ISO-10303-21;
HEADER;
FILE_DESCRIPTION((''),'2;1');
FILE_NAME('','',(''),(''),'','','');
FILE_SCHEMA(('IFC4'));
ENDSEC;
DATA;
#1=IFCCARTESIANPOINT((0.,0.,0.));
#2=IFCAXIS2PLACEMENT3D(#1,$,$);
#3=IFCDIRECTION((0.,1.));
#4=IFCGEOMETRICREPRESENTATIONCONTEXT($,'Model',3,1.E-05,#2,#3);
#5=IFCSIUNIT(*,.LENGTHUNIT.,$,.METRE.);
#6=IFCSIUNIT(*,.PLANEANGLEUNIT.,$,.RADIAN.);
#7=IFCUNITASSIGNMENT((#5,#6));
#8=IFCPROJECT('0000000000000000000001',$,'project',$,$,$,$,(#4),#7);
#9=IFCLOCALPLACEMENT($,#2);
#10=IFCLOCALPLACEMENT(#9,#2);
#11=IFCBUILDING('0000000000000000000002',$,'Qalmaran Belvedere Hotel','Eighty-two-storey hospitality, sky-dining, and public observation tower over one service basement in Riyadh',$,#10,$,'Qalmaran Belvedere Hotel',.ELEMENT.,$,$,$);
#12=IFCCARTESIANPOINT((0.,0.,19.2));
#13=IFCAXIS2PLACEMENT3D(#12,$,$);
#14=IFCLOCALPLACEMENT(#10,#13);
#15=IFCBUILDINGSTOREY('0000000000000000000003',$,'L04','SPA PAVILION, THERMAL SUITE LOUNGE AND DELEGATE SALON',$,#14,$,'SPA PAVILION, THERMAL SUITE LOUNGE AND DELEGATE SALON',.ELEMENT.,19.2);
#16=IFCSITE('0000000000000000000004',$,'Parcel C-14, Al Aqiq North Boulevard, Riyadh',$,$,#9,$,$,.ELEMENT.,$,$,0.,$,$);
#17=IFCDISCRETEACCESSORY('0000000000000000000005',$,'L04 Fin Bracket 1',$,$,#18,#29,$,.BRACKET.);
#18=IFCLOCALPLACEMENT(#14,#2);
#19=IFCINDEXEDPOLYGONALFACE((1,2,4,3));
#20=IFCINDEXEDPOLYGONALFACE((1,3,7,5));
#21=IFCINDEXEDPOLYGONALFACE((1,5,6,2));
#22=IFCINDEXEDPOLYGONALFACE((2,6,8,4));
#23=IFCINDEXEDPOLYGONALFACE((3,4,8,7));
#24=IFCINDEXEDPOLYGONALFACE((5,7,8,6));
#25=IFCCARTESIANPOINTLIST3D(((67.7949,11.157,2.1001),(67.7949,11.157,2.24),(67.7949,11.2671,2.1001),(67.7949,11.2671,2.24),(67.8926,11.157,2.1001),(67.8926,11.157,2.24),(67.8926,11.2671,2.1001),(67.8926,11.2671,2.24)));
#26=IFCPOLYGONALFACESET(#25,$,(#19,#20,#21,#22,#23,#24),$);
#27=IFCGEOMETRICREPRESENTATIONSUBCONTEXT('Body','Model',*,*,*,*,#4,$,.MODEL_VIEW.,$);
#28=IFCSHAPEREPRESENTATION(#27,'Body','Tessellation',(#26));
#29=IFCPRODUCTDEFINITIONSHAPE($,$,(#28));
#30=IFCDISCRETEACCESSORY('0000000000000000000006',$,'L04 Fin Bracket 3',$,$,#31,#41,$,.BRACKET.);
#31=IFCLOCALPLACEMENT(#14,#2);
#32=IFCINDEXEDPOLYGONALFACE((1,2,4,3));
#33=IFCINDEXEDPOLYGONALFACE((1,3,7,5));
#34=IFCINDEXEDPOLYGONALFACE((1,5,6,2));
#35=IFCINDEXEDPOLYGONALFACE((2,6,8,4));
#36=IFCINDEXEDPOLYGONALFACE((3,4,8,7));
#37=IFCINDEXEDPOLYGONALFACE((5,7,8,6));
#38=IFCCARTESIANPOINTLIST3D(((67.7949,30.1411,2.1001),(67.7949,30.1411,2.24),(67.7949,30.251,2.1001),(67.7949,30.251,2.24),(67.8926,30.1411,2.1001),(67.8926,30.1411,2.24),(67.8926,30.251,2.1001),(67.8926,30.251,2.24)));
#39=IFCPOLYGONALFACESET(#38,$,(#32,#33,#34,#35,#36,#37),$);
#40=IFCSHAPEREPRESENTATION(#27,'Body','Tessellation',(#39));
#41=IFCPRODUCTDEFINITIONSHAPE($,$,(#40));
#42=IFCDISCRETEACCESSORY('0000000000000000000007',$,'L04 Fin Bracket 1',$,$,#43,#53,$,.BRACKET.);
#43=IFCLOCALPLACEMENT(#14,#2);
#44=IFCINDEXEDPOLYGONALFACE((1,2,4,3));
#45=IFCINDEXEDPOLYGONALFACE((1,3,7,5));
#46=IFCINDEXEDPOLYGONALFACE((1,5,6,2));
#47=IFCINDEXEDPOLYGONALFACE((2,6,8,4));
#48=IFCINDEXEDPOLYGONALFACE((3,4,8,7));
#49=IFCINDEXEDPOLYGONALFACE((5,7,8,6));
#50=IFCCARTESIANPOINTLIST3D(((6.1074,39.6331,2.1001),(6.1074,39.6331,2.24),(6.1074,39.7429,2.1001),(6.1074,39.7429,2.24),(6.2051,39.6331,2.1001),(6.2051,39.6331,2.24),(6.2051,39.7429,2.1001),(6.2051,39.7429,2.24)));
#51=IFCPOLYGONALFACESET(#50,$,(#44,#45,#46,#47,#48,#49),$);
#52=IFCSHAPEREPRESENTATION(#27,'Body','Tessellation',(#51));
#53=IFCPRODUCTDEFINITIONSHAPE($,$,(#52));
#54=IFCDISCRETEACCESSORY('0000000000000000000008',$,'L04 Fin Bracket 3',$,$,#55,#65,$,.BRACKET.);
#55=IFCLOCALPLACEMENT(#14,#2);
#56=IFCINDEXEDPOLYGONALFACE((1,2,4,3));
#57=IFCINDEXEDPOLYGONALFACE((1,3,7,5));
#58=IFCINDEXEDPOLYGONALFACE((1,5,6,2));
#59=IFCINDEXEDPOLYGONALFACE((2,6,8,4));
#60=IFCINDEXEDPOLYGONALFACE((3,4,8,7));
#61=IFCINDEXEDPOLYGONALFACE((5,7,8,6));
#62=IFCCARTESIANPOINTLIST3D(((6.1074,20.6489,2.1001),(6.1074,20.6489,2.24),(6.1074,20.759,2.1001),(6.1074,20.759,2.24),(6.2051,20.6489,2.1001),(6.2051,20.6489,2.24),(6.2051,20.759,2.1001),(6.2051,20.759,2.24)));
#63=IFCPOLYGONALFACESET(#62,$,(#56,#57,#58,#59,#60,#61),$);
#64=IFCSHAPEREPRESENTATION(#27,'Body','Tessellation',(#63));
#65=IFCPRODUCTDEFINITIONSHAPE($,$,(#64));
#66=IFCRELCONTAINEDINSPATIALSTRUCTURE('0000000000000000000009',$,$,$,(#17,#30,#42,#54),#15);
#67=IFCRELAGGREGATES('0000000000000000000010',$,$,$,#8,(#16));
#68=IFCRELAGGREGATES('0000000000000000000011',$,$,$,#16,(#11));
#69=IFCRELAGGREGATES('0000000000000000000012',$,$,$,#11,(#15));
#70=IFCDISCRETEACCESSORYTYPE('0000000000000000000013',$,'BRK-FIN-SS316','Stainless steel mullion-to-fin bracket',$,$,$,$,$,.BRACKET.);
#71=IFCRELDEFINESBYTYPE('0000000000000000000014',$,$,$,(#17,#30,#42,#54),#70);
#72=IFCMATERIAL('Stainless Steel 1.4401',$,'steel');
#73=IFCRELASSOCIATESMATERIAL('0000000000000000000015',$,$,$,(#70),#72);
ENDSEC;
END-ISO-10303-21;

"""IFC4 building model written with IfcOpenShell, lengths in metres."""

from ifc_helpers import new_model, si_unit, direction, frame, origin, place, context, subcontext, project, spatial, polyline, outline, extrude, material, type_object, element, save


model = new_model("IFC4")

# Units and contexts
model_context = context("Model", 3, precision=1e-05, world=origin(), true_north=direction((0.0, 1.0)))
body_context = subcontext(model_context, "Body", "Model", "MODEL_VIEW")
ifc_project = project(units=[si_unit("LENGTHUNIT", "METRE"), si_unit("PLANEANGLEUNIT", "RADIAN")], contexts=[model_context])

# Site, building, storey
site_placement = place(None, origin())
site = spatial("IfcSite", under=ifc_project, at=site_placement, Name="Parcel C-14, Al Aqiq North Boulevard, Riyadh", CompositionType="ELEMENT", RefElevation=0.0)
building_placement = place(site_placement, origin())
building = spatial("IfcBuilding", under=site, at=building_placement, Name="Qalmaran Belvedere Hotel", Description="Eighty-two-storey hospitality, sky-dining, and public observation tower over one service basement in Riyadh", LongName="Qalmaran Belvedere Hotel", CompositionType="ELEMENT")
storey_placement = place(building_placement, frame((0.0, 0.0, 19.2)))
storey = spatial("IfcBuildingStorey", under=building, at=storey_placement, Name="L04", Description="SPA PAVILION, THERMAL SUITE LOUNGE AND DELEGATE SALON", LongName="SPA PAVILION, THERMAL SUITE LOUNGE AND DELEGATE SALON", CompositionType="ELEMENT", Elevation=19.2)

# Discrete accessories
ifc_material_1 = material(Name="Stainless Steel 1.4401", Category="steel")
discrete_accessory_type = type_object("IfcDiscreteAccessoryType", Name="BRK-FIN-SS316", Description="Stainless steel mullion-to-fin bracket", PredefinedType="BRACKET", material=ifc_material_1)
discrete_accessory_1_placement = place(storey_placement, frame((0.0, 0.0, 2.1001)))
element("IfcDiscreteAccessory", 1, at=discrete_accessory_1_placement, inside=storey, type_object=discrete_accessory_type, Name="L04 Fin Bracket 1", PredefinedType="BRACKET", context=body_context, shape_type="SweptSolid", body=[
    extrude(outline(polyline([(67.7949, 11.157), (67.8926, 11.157), (67.8926, 11.2671), (67.7949, 11.2671), (67.7949, 11.157)])), origin(), (0.0, 0.0, 1.0), 0.1399),
])
discrete_accessory_2_placement = place(storey_placement, frame((0.0, 0.0, 2.1001)))
element("IfcDiscreteAccessory", 2, at=discrete_accessory_2_placement, inside=storey, type_object=discrete_accessory_type, Name="L04 Fin Bracket 3", PredefinedType="BRACKET", context=body_context, shape_type="SweptSolid", body=[
    extrude(outline(polyline([(67.7949, 30.1411), (67.8926, 30.1411), (67.8926, 30.251), (67.7949, 30.251), (67.7949, 30.1411)])), origin(), (0.0, 0.0, 1.0), 0.1399),
])
discrete_accessory_3_placement = place(storey_placement, frame((0.0, 0.0, 2.1001)))
element("IfcDiscreteAccessory", 3, at=discrete_accessory_3_placement, inside=storey, type_object=discrete_accessory_type, Name="L04 Fin Bracket 1", PredefinedType="BRACKET", context=body_context, shape_type="SweptSolid", body=[
    extrude(outline(polyline([(6.2051, 39.7429), (6.1074, 39.7429), (6.1074, 39.6331), (6.2051, 39.6331), (6.2051, 39.7429)])), origin(), (0.0, 0.0, 1.0), 0.1399),
])
discrete_accessory_4_placement = place(storey_placement, frame((0.0, 0.0, 2.1001)))
element("IfcDiscreteAccessory", 4, at=discrete_accessory_4_placement, inside=storey, type_object=discrete_accessory_type, Name="L04 Fin Bracket 3", PredefinedType="BRACKET", context=body_context, shape_type="SweptSolid", body=[
    extrude(outline(polyline([(6.2051, 20.759), (6.1074, 20.759), (6.1074, 20.6489), (6.2051, 20.6489), (6.2051, 20.759)])), origin(), (0.0, 0.0, 1.0), 0.1399),
])

save(model, "model.ifc")
